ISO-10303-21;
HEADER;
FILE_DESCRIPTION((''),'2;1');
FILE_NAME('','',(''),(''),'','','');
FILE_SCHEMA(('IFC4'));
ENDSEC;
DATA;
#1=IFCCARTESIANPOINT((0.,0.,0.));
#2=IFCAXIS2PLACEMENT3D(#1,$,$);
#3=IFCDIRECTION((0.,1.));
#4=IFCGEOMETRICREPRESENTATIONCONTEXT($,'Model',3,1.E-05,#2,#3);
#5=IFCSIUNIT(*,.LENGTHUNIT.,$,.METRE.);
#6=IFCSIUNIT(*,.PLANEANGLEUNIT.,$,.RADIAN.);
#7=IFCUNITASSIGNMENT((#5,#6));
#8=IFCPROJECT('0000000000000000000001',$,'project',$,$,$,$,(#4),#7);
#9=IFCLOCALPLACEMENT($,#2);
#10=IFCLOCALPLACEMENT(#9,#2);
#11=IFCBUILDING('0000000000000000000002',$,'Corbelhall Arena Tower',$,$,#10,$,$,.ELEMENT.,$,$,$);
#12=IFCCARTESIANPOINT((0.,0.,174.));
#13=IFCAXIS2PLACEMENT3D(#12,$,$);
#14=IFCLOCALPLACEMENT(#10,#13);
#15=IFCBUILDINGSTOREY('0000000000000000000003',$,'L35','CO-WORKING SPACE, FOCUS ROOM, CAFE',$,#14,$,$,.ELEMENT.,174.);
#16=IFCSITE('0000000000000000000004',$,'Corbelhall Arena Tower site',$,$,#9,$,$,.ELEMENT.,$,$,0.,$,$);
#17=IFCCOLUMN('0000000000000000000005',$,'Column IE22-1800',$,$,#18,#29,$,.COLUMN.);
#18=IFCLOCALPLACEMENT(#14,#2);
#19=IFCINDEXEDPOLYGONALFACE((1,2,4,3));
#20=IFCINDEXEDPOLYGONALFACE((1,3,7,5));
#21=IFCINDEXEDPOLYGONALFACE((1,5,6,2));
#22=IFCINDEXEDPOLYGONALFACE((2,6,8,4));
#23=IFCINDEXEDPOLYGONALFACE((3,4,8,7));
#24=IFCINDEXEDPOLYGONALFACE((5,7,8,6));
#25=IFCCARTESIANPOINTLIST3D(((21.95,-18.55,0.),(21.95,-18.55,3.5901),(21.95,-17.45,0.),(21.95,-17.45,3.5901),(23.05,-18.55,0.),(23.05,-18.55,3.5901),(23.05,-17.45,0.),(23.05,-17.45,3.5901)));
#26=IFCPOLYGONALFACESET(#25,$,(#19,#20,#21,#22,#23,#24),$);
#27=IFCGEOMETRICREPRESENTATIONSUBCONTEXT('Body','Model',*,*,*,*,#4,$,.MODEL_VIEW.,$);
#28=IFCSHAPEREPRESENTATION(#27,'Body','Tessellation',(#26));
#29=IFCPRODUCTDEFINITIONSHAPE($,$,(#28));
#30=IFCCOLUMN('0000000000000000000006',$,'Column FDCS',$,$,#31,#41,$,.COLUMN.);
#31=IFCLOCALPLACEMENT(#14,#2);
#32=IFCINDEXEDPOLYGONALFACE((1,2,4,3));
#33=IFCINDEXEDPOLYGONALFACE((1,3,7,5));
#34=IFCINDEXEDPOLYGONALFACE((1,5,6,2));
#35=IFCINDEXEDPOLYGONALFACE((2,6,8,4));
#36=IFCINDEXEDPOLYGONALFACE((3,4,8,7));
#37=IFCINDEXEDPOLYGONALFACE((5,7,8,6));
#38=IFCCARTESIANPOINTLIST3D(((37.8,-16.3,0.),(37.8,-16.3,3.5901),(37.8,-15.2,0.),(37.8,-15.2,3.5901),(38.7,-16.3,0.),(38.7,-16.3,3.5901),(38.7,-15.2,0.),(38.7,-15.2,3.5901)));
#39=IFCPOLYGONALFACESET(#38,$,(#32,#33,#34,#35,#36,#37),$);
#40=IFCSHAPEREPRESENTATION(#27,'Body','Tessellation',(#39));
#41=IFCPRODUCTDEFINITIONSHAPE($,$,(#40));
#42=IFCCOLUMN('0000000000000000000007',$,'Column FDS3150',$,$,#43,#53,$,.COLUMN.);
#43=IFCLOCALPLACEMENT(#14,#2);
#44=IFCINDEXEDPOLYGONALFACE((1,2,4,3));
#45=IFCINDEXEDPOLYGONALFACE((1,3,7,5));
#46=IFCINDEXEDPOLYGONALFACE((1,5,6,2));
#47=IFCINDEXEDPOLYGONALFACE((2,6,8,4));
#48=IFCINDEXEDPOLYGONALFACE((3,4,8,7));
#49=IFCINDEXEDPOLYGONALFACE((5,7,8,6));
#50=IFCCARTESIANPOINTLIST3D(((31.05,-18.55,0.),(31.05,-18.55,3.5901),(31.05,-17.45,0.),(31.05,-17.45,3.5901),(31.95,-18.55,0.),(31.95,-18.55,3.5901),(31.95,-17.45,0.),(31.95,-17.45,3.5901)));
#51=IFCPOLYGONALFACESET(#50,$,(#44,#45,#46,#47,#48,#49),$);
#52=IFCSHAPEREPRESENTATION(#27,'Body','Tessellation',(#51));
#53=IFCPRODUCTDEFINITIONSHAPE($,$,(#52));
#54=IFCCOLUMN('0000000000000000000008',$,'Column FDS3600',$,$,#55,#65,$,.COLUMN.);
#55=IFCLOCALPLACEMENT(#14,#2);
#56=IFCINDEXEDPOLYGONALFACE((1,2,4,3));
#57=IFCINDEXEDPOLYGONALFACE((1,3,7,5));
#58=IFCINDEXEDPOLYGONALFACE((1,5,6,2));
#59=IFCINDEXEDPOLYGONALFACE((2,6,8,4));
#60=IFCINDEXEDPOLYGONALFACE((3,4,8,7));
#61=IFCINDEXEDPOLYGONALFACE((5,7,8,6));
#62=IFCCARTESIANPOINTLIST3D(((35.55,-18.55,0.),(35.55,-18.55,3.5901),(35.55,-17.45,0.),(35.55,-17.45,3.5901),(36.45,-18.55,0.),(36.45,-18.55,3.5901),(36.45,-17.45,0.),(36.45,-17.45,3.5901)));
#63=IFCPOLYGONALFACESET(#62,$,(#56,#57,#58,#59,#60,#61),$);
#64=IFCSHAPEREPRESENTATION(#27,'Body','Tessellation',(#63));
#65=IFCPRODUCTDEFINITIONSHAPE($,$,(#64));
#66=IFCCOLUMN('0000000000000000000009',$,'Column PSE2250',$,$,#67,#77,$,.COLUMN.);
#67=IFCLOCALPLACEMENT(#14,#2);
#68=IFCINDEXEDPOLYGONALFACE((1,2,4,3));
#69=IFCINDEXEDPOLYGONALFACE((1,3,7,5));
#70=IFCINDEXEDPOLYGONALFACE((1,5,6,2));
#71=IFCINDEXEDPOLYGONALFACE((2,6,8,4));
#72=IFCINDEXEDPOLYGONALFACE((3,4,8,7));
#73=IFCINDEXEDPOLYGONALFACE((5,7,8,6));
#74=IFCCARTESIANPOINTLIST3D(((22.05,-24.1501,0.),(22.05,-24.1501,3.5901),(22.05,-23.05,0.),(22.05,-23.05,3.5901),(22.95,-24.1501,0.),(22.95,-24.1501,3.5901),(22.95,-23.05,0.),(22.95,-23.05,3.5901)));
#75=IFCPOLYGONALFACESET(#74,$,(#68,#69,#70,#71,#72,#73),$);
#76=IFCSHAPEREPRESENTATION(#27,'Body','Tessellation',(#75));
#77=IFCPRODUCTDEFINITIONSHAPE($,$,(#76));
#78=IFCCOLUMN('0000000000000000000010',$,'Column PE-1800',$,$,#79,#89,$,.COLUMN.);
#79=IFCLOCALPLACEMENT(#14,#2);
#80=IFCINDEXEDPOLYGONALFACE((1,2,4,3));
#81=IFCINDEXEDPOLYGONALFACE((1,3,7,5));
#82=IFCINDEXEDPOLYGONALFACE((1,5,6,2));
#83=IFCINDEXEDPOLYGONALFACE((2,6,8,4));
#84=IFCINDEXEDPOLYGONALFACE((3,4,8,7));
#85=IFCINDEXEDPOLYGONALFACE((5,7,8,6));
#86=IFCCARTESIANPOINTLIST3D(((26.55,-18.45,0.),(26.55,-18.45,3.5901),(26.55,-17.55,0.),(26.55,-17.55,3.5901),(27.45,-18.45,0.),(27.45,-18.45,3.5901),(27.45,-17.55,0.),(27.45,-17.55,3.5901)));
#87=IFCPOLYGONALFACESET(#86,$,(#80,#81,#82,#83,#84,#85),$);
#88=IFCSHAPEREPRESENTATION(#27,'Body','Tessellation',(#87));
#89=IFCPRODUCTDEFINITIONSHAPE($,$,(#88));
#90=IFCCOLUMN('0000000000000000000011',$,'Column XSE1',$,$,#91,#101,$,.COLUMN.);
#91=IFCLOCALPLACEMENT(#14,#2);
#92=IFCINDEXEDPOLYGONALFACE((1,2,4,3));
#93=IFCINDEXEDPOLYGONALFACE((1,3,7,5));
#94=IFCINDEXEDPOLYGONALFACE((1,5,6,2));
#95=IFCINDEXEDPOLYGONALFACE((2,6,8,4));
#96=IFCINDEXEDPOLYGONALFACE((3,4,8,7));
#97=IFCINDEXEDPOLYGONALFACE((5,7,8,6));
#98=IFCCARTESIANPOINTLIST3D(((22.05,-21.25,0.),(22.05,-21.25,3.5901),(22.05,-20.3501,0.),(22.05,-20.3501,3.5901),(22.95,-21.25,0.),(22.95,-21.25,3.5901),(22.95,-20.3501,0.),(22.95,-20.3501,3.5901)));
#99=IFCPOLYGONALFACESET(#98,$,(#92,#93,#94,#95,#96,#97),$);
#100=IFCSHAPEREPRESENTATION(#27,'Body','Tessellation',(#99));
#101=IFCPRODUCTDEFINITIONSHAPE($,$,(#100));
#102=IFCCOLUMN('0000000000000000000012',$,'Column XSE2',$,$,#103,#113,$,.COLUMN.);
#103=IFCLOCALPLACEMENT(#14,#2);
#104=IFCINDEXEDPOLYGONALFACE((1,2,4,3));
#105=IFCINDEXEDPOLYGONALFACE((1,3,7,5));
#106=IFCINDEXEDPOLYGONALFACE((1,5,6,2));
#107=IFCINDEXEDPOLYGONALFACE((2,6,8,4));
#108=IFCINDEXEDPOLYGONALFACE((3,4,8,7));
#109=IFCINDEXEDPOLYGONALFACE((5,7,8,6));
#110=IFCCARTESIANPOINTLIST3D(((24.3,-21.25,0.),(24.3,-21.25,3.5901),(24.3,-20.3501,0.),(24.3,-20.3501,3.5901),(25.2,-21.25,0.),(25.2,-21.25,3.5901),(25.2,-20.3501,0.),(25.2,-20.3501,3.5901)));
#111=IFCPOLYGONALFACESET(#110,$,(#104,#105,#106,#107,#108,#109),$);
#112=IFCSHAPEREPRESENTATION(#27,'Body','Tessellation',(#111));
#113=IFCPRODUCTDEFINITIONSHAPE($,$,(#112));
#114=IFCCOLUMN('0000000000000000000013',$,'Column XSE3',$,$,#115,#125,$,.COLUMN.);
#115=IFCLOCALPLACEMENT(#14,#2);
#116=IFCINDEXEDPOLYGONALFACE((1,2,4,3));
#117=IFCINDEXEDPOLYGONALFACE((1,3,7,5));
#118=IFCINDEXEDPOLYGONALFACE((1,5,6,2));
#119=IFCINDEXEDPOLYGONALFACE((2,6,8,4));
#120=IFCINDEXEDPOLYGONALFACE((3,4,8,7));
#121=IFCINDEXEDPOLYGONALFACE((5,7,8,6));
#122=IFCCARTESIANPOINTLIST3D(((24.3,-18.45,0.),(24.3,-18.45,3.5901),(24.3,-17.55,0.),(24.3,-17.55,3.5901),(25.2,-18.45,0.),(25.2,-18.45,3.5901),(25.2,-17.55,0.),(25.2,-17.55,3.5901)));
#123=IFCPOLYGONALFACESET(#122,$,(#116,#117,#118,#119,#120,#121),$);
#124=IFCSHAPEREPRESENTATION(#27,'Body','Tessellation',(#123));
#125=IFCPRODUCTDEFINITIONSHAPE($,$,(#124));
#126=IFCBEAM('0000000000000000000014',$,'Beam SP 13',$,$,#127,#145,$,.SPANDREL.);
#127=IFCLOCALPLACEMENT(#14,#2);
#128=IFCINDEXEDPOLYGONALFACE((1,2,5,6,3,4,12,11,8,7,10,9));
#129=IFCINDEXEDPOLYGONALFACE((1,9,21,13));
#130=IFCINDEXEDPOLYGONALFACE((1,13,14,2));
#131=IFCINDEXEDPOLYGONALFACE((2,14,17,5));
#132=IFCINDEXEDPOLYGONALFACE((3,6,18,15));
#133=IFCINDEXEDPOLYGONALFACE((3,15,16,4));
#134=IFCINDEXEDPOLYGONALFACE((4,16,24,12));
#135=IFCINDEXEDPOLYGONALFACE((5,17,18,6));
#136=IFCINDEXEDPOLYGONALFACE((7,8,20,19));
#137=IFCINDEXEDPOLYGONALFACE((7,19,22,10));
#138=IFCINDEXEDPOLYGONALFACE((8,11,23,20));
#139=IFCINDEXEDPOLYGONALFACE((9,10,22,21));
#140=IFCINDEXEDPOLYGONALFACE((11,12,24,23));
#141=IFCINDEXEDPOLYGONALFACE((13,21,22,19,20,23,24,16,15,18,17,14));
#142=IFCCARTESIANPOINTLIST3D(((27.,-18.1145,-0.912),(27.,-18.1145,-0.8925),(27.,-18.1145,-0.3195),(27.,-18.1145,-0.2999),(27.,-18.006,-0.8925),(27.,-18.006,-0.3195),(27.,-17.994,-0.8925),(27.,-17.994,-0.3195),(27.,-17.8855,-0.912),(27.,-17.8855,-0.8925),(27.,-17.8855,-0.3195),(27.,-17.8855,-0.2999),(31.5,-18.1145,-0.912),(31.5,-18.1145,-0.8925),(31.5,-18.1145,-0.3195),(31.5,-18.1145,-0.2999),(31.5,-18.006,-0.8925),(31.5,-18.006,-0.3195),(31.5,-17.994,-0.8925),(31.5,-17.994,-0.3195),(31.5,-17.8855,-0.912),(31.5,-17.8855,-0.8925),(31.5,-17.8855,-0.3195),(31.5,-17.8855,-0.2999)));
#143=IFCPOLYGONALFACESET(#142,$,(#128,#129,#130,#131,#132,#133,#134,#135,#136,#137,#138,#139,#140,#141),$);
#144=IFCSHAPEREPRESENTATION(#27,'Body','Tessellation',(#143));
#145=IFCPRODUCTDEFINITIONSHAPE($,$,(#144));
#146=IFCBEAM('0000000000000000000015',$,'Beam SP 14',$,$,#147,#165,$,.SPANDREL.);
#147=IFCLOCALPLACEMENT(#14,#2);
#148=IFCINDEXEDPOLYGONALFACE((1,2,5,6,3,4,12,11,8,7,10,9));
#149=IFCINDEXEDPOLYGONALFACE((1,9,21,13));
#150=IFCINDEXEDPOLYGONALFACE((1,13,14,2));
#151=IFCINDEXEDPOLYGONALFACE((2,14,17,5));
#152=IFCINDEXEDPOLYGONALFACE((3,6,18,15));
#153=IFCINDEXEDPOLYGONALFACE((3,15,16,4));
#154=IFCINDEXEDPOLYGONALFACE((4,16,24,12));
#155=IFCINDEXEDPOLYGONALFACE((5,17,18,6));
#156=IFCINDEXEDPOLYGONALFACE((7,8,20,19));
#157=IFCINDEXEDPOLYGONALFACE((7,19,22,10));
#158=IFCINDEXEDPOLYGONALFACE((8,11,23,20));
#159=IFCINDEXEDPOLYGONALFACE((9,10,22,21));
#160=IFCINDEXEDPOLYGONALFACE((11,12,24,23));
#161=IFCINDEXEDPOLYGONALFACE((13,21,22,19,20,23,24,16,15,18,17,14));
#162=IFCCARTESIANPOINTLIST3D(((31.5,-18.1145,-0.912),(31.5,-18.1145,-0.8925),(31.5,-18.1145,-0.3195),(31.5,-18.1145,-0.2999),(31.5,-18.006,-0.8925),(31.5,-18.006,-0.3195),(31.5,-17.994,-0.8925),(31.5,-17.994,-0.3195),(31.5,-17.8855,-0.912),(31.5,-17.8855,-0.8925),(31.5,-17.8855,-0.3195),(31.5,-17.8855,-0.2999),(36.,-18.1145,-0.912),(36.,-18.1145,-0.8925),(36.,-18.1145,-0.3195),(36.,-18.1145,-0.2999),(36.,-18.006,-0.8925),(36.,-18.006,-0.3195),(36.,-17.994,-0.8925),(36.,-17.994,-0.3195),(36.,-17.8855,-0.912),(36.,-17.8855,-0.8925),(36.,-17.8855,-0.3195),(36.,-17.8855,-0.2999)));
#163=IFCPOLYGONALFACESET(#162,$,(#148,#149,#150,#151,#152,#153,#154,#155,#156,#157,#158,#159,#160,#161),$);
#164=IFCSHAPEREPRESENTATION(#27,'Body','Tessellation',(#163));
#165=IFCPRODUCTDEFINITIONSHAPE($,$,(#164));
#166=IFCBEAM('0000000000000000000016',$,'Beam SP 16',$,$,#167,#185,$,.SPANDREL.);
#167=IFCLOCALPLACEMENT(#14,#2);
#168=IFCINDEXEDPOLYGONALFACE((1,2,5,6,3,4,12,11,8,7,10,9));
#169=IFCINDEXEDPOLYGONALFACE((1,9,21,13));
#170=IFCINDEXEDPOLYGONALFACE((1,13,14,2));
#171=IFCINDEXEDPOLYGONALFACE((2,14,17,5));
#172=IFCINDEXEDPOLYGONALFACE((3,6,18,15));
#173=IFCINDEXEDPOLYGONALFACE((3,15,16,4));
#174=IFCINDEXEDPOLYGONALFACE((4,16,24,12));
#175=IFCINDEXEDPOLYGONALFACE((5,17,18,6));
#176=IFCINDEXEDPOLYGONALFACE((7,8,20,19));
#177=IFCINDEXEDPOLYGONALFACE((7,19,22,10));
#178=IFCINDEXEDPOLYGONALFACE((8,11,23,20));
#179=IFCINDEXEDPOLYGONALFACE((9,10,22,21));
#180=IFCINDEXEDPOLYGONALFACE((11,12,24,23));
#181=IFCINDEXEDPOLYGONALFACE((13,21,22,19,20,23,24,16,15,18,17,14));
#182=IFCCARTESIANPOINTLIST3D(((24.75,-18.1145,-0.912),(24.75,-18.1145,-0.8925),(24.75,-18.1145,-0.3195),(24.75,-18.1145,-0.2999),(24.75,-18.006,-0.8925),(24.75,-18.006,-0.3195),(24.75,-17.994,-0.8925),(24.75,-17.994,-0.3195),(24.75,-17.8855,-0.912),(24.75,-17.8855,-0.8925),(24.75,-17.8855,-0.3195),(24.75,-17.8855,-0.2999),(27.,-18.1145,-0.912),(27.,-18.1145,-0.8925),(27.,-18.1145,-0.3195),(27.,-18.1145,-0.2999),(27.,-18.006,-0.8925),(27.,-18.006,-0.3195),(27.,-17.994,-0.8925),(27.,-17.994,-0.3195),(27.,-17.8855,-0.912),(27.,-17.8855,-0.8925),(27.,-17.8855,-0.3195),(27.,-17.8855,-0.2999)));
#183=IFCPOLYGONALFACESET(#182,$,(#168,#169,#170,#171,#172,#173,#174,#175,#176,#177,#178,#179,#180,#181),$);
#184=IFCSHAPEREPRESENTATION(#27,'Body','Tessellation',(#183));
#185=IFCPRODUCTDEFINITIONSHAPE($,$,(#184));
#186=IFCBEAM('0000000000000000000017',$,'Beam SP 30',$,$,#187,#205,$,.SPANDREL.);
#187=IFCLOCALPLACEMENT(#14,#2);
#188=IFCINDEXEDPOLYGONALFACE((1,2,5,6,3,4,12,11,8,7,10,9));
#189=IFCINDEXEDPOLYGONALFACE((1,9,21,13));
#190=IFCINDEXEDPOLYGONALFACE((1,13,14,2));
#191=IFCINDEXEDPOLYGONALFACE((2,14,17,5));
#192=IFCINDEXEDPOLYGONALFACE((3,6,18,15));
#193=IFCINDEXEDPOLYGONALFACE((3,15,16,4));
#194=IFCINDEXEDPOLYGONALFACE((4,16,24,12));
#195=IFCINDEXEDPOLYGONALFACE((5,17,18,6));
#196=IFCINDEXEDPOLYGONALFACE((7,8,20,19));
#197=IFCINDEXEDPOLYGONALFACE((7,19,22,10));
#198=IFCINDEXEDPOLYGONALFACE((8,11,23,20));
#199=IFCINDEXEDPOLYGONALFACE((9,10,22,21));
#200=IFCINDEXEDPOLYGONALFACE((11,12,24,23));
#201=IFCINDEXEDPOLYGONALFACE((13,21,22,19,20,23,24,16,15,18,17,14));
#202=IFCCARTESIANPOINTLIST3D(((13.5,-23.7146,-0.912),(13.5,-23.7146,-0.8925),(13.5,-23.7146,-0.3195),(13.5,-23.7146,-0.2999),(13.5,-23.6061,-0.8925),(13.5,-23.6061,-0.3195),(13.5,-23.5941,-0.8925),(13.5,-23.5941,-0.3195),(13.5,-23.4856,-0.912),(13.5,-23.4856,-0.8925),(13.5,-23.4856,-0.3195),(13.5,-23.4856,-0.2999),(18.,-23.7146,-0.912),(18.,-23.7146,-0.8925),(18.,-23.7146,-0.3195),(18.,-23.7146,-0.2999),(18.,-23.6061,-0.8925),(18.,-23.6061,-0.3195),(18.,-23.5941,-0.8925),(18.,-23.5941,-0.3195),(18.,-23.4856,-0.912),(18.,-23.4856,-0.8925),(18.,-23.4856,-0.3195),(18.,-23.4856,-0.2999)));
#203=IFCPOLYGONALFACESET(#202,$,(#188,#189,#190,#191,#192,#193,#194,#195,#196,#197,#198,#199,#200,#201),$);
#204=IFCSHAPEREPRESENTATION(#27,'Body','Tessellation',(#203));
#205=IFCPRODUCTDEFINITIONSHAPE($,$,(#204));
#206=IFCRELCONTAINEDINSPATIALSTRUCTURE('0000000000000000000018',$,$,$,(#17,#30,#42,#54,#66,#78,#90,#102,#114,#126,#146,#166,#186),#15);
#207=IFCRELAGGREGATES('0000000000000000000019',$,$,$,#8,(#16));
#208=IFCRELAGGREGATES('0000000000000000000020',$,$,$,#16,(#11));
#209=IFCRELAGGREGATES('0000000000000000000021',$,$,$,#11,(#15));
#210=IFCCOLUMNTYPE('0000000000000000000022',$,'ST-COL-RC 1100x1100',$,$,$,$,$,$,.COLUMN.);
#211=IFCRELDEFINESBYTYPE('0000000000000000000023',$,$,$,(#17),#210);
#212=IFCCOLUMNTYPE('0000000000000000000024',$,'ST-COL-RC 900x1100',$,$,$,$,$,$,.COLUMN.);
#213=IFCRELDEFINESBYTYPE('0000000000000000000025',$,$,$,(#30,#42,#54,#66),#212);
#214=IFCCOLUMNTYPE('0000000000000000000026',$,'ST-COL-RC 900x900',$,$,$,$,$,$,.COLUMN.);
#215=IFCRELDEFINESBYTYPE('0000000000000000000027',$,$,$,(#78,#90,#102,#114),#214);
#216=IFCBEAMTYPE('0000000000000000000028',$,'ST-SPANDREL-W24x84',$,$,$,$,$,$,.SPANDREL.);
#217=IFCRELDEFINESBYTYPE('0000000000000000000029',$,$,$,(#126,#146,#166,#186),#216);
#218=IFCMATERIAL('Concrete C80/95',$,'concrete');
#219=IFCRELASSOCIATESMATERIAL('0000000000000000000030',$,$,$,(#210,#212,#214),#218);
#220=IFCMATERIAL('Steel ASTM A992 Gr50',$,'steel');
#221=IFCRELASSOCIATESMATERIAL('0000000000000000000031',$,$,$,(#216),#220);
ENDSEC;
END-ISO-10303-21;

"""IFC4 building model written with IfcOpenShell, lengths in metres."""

from ifc_helpers import new_model, si_unit, direction, frame, origin, origin_2d, place, context, subcontext, project, spatial, rectangle, i_section, extrude, material, material_profile, profile_set, type_object, element, save


model = new_model("IFC4")

# Units and contexts
model_context = context("Model", 3, precision=1e-05, world=origin(), true_north=direction((0.0, 1.0)))
body_context = subcontext(model_context, "Body", "Model", "MODEL_VIEW")
ifc_project = project(units=[si_unit("LENGTHUNIT", "METRE"), si_unit("PLANEANGLEUNIT", "RADIAN")], contexts=[model_context])

# Site, building, storey
site_placement = place(None, origin())
site = spatial("IfcSite", under=ifc_project, at=site_placement, Name="Corbelhall Arena Tower site", CompositionType="ELEMENT", RefElevation=0.0)
building_placement = place(site_placement, origin())
building = spatial("IfcBuilding", under=site, at=building_placement, Name="Corbelhall Arena Tower", CompositionType="ELEMENT")
storey_placement = place(building_placement, frame((0.0, 0.0, 174.0)))
storey = spatial("IfcBuildingStorey", under=building, at=storey_placement, Name="L35", Description="CO-WORKING SPACE, FOCUS ROOM, CAFE", CompositionType="ELEMENT", Elevation=174.0)

# Columns
ifc_material_1 = material(Name="Concrete C80/95", Category="concrete")
ifc_material_profile_1 = material_profile(ifc_material_1, rectangle(XDim=1.1001, YDim=1.1001, at=origin_2d()))
ifc_profile_set_1 = profile_set([ifc_material_profile_1], Name="Concrete C80/95")
column_type_1 = type_object("IfcColumnType", Name="ST-COL-RC 1100x1100", PredefinedType="COLUMN", material=ifc_profile_set_1)
column_placement = place(storey_placement, frame((22.5, -18.0, 0.0), z_axis=(0.0, 0.0, 1.0), x_axis=(1.0, 0.0, 0.0)))
element("IfcColumn", 1, at=column_placement, inside=storey, type_object=column_type_1, Name="Column IE22-1800", PredefinedType="COLUMN", context=body_context, shape_type="SweptSolid", body=[
    extrude(rectangle(XDim=1.1001, YDim=1.1001, at=origin_2d()), origin(), (0.0, 0.0, 1.0), 3.5901),
])
ifc_material_profile_2 = material_profile(ifc_material_1, rectangle(XDim=0.8999, YDim=1.1001, at=origin_2d()))
ifc_profile_set_2 = profile_set([ifc_material_profile_2], Name="Concrete C80/95")
column_type_2 = type_object("IfcColumnType", Name="ST-COL-RC 900x1100", PredefinedType="COLUMN", material=ifc_profile_set_2)
for number, where, z_axis, x_axis, name in (
    (2, (38.25, -15.75, 0.0), (0.0, 0.0, 1.0), (1.0, 0.0, 0.0), "Column FDCS"),
    (3, (31.5, -18.0, 0.0), (0.0, 0.0, 1.0), (1.0, 0.0, 0.0), "Column FDS3150"),
    (4, (36.0, -18.0, 0.0), (0.0, 0.0, 1.0), (1.0, 0.0, 0.0), "Column FDS3600"),
    (5, (22.5, -23.6001, 0.0), (0.0, 0.0, 1.0), (1.0, 0.0, 0.0), "Column PSE2250"),
):
    element("IfcColumn", number, at=place(storey_placement, frame(where, z_axis=z_axis, x_axis=x_axis)), inside=storey, type_object=column_type_2, Name=name, PredefinedType="COLUMN", context=body_context, shape_type="SweptSolid", body=[
        extrude(rectangle(XDim=0.8999, YDim=1.1001, at=origin_2d()), origin(), (0.0, 0.0, 1.0), 3.5901),
    ])
ifc_material_profile_3 = material_profile(ifc_material_1, rectangle(XDim=0.8999, YDim=0.8999, at=origin_2d()))
ifc_profile_set_3 = profile_set([ifc_material_profile_3], Name="Concrete C80/95")
column_type_3 = type_object("IfcColumnType", Name="ST-COL-RC 900x900", PredefinedType="COLUMN", material=ifc_profile_set_3)
for number, where, z_axis, x_axis, name in (
    (6, (27.0, -18.0, 0.0), (0.0, 0.0, 1.0), (1.0, 0.0, 0.0), "Column PE-1800"),
    (7, (22.5, -20.8, 0.0), (0.0, 0.0, 1.0), (1.0, 0.0, 0.0), "Column XSE1"),
    (8, (24.75, -20.8, 0.0), (0.0, 0.0, 1.0), (1.0, 0.0, 0.0), "Column XSE2"),
    (9, (24.75, -18.0, 0.0), (0.0, 0.0, 1.0), (1.0, 0.0, 0.0), "Column XSE3"),
):
    element("IfcColumn", number, at=place(storey_placement, frame(where, z_axis=z_axis, x_axis=x_axis)), inside=storey, type_object=column_type_3, Name=name, PredefinedType="COLUMN", context=body_context, shape_type="SweptSolid", body=[
        extrude(rectangle(XDim=0.8999, YDim=0.8999, at=origin_2d()), origin(), (0.0, 0.0, 1.0), 3.5901),
    ])

# Beams
ifc_material_2 = material(Name="Steel ASTM A992 Gr50", Category="steel")
ifc_material_profile_4 = material_profile(ifc_material_2, i_section(OverallWidth=0.229, OverallDepth=0.6121, WebThickness=0.012, FlangeThickness=0.0195, at=origin_2d()))
ifc_profile_set_4 = profile_set([ifc_material_profile_4], Name="Steel ASTM A992 Gr50")
beam_type = type_object("IfcBeamType", Name="ST-SPANDREL-W24x84", PredefinedType="SPANDREL", material=ifc_profile_set_4)
for number, where, z_axis, x_axis, name in (
    (10, (31.5, -18.0, -0.606), (-1.0, 0.0, 0.0), (0.0, -1.0, 0.0), "Beam SP 13"),
    (11, (36.0, -18.0, -0.606), (-1.0, 0.0, 0.0), (0.0, -1.0, 0.0), "Beam SP 14"),
):
    element("IfcBeam", number, at=place(storey_placement, frame(where, z_axis=z_axis, x_axis=x_axis)), inside=storey, type_object=beam_type, Name=name, PredefinedType="SPANDREL", context=body_context, shape_type="SweptSolid", body=[
        extrude(i_section(OverallWidth=0.229, OverallDepth=0.6121, WebThickness=0.012, FlangeThickness=0.0195, at=origin_2d()), origin(), (0.0, 0.0, 1.0), 4.5),
    ])
beam_1_placement = place(storey_placement, frame((27.0, -18.0, -0.606), z_axis=(-1.0, 0.0, 0.0), x_axis=(0.0, -1.0, 0.0)))
element("IfcBeam", 12, at=beam_1_placement, inside=storey, type_object=beam_type, Name="Beam SP 16", PredefinedType="SPANDREL", context=body_context, shape_type="SweptSolid", body=[
    extrude(i_section(OverallWidth=0.229, OverallDepth=0.6121, WebThickness=0.012, FlangeThickness=0.0195, at=origin_2d()), origin(), (0.0, 0.0, 1.0), 2.25),
])
for number, where, z_axis, x_axis, name in (
    (13, (18.0, -23.6001, -0.606), (-1.0, 0.0, 0.0), (0.0, -1.0, 0.0), "Beam SP 30"),
):
    element("IfcBeam", number, at=place(storey_placement, frame(where, z_axis=z_axis, x_axis=x_axis)), inside=storey, type_object=beam_type, Name=name, PredefinedType="SPANDREL", context=body_context, shape_type="SweptSolid", body=[
        extrude(i_section(OverallWidth=0.229, OverallDepth=0.6121, WebThickness=0.012, FlangeThickness=0.0195, at=origin_2d()), origin(), (0.0, 0.0, 1.0), 4.5),
    ])

save(model, "model.ifc")
